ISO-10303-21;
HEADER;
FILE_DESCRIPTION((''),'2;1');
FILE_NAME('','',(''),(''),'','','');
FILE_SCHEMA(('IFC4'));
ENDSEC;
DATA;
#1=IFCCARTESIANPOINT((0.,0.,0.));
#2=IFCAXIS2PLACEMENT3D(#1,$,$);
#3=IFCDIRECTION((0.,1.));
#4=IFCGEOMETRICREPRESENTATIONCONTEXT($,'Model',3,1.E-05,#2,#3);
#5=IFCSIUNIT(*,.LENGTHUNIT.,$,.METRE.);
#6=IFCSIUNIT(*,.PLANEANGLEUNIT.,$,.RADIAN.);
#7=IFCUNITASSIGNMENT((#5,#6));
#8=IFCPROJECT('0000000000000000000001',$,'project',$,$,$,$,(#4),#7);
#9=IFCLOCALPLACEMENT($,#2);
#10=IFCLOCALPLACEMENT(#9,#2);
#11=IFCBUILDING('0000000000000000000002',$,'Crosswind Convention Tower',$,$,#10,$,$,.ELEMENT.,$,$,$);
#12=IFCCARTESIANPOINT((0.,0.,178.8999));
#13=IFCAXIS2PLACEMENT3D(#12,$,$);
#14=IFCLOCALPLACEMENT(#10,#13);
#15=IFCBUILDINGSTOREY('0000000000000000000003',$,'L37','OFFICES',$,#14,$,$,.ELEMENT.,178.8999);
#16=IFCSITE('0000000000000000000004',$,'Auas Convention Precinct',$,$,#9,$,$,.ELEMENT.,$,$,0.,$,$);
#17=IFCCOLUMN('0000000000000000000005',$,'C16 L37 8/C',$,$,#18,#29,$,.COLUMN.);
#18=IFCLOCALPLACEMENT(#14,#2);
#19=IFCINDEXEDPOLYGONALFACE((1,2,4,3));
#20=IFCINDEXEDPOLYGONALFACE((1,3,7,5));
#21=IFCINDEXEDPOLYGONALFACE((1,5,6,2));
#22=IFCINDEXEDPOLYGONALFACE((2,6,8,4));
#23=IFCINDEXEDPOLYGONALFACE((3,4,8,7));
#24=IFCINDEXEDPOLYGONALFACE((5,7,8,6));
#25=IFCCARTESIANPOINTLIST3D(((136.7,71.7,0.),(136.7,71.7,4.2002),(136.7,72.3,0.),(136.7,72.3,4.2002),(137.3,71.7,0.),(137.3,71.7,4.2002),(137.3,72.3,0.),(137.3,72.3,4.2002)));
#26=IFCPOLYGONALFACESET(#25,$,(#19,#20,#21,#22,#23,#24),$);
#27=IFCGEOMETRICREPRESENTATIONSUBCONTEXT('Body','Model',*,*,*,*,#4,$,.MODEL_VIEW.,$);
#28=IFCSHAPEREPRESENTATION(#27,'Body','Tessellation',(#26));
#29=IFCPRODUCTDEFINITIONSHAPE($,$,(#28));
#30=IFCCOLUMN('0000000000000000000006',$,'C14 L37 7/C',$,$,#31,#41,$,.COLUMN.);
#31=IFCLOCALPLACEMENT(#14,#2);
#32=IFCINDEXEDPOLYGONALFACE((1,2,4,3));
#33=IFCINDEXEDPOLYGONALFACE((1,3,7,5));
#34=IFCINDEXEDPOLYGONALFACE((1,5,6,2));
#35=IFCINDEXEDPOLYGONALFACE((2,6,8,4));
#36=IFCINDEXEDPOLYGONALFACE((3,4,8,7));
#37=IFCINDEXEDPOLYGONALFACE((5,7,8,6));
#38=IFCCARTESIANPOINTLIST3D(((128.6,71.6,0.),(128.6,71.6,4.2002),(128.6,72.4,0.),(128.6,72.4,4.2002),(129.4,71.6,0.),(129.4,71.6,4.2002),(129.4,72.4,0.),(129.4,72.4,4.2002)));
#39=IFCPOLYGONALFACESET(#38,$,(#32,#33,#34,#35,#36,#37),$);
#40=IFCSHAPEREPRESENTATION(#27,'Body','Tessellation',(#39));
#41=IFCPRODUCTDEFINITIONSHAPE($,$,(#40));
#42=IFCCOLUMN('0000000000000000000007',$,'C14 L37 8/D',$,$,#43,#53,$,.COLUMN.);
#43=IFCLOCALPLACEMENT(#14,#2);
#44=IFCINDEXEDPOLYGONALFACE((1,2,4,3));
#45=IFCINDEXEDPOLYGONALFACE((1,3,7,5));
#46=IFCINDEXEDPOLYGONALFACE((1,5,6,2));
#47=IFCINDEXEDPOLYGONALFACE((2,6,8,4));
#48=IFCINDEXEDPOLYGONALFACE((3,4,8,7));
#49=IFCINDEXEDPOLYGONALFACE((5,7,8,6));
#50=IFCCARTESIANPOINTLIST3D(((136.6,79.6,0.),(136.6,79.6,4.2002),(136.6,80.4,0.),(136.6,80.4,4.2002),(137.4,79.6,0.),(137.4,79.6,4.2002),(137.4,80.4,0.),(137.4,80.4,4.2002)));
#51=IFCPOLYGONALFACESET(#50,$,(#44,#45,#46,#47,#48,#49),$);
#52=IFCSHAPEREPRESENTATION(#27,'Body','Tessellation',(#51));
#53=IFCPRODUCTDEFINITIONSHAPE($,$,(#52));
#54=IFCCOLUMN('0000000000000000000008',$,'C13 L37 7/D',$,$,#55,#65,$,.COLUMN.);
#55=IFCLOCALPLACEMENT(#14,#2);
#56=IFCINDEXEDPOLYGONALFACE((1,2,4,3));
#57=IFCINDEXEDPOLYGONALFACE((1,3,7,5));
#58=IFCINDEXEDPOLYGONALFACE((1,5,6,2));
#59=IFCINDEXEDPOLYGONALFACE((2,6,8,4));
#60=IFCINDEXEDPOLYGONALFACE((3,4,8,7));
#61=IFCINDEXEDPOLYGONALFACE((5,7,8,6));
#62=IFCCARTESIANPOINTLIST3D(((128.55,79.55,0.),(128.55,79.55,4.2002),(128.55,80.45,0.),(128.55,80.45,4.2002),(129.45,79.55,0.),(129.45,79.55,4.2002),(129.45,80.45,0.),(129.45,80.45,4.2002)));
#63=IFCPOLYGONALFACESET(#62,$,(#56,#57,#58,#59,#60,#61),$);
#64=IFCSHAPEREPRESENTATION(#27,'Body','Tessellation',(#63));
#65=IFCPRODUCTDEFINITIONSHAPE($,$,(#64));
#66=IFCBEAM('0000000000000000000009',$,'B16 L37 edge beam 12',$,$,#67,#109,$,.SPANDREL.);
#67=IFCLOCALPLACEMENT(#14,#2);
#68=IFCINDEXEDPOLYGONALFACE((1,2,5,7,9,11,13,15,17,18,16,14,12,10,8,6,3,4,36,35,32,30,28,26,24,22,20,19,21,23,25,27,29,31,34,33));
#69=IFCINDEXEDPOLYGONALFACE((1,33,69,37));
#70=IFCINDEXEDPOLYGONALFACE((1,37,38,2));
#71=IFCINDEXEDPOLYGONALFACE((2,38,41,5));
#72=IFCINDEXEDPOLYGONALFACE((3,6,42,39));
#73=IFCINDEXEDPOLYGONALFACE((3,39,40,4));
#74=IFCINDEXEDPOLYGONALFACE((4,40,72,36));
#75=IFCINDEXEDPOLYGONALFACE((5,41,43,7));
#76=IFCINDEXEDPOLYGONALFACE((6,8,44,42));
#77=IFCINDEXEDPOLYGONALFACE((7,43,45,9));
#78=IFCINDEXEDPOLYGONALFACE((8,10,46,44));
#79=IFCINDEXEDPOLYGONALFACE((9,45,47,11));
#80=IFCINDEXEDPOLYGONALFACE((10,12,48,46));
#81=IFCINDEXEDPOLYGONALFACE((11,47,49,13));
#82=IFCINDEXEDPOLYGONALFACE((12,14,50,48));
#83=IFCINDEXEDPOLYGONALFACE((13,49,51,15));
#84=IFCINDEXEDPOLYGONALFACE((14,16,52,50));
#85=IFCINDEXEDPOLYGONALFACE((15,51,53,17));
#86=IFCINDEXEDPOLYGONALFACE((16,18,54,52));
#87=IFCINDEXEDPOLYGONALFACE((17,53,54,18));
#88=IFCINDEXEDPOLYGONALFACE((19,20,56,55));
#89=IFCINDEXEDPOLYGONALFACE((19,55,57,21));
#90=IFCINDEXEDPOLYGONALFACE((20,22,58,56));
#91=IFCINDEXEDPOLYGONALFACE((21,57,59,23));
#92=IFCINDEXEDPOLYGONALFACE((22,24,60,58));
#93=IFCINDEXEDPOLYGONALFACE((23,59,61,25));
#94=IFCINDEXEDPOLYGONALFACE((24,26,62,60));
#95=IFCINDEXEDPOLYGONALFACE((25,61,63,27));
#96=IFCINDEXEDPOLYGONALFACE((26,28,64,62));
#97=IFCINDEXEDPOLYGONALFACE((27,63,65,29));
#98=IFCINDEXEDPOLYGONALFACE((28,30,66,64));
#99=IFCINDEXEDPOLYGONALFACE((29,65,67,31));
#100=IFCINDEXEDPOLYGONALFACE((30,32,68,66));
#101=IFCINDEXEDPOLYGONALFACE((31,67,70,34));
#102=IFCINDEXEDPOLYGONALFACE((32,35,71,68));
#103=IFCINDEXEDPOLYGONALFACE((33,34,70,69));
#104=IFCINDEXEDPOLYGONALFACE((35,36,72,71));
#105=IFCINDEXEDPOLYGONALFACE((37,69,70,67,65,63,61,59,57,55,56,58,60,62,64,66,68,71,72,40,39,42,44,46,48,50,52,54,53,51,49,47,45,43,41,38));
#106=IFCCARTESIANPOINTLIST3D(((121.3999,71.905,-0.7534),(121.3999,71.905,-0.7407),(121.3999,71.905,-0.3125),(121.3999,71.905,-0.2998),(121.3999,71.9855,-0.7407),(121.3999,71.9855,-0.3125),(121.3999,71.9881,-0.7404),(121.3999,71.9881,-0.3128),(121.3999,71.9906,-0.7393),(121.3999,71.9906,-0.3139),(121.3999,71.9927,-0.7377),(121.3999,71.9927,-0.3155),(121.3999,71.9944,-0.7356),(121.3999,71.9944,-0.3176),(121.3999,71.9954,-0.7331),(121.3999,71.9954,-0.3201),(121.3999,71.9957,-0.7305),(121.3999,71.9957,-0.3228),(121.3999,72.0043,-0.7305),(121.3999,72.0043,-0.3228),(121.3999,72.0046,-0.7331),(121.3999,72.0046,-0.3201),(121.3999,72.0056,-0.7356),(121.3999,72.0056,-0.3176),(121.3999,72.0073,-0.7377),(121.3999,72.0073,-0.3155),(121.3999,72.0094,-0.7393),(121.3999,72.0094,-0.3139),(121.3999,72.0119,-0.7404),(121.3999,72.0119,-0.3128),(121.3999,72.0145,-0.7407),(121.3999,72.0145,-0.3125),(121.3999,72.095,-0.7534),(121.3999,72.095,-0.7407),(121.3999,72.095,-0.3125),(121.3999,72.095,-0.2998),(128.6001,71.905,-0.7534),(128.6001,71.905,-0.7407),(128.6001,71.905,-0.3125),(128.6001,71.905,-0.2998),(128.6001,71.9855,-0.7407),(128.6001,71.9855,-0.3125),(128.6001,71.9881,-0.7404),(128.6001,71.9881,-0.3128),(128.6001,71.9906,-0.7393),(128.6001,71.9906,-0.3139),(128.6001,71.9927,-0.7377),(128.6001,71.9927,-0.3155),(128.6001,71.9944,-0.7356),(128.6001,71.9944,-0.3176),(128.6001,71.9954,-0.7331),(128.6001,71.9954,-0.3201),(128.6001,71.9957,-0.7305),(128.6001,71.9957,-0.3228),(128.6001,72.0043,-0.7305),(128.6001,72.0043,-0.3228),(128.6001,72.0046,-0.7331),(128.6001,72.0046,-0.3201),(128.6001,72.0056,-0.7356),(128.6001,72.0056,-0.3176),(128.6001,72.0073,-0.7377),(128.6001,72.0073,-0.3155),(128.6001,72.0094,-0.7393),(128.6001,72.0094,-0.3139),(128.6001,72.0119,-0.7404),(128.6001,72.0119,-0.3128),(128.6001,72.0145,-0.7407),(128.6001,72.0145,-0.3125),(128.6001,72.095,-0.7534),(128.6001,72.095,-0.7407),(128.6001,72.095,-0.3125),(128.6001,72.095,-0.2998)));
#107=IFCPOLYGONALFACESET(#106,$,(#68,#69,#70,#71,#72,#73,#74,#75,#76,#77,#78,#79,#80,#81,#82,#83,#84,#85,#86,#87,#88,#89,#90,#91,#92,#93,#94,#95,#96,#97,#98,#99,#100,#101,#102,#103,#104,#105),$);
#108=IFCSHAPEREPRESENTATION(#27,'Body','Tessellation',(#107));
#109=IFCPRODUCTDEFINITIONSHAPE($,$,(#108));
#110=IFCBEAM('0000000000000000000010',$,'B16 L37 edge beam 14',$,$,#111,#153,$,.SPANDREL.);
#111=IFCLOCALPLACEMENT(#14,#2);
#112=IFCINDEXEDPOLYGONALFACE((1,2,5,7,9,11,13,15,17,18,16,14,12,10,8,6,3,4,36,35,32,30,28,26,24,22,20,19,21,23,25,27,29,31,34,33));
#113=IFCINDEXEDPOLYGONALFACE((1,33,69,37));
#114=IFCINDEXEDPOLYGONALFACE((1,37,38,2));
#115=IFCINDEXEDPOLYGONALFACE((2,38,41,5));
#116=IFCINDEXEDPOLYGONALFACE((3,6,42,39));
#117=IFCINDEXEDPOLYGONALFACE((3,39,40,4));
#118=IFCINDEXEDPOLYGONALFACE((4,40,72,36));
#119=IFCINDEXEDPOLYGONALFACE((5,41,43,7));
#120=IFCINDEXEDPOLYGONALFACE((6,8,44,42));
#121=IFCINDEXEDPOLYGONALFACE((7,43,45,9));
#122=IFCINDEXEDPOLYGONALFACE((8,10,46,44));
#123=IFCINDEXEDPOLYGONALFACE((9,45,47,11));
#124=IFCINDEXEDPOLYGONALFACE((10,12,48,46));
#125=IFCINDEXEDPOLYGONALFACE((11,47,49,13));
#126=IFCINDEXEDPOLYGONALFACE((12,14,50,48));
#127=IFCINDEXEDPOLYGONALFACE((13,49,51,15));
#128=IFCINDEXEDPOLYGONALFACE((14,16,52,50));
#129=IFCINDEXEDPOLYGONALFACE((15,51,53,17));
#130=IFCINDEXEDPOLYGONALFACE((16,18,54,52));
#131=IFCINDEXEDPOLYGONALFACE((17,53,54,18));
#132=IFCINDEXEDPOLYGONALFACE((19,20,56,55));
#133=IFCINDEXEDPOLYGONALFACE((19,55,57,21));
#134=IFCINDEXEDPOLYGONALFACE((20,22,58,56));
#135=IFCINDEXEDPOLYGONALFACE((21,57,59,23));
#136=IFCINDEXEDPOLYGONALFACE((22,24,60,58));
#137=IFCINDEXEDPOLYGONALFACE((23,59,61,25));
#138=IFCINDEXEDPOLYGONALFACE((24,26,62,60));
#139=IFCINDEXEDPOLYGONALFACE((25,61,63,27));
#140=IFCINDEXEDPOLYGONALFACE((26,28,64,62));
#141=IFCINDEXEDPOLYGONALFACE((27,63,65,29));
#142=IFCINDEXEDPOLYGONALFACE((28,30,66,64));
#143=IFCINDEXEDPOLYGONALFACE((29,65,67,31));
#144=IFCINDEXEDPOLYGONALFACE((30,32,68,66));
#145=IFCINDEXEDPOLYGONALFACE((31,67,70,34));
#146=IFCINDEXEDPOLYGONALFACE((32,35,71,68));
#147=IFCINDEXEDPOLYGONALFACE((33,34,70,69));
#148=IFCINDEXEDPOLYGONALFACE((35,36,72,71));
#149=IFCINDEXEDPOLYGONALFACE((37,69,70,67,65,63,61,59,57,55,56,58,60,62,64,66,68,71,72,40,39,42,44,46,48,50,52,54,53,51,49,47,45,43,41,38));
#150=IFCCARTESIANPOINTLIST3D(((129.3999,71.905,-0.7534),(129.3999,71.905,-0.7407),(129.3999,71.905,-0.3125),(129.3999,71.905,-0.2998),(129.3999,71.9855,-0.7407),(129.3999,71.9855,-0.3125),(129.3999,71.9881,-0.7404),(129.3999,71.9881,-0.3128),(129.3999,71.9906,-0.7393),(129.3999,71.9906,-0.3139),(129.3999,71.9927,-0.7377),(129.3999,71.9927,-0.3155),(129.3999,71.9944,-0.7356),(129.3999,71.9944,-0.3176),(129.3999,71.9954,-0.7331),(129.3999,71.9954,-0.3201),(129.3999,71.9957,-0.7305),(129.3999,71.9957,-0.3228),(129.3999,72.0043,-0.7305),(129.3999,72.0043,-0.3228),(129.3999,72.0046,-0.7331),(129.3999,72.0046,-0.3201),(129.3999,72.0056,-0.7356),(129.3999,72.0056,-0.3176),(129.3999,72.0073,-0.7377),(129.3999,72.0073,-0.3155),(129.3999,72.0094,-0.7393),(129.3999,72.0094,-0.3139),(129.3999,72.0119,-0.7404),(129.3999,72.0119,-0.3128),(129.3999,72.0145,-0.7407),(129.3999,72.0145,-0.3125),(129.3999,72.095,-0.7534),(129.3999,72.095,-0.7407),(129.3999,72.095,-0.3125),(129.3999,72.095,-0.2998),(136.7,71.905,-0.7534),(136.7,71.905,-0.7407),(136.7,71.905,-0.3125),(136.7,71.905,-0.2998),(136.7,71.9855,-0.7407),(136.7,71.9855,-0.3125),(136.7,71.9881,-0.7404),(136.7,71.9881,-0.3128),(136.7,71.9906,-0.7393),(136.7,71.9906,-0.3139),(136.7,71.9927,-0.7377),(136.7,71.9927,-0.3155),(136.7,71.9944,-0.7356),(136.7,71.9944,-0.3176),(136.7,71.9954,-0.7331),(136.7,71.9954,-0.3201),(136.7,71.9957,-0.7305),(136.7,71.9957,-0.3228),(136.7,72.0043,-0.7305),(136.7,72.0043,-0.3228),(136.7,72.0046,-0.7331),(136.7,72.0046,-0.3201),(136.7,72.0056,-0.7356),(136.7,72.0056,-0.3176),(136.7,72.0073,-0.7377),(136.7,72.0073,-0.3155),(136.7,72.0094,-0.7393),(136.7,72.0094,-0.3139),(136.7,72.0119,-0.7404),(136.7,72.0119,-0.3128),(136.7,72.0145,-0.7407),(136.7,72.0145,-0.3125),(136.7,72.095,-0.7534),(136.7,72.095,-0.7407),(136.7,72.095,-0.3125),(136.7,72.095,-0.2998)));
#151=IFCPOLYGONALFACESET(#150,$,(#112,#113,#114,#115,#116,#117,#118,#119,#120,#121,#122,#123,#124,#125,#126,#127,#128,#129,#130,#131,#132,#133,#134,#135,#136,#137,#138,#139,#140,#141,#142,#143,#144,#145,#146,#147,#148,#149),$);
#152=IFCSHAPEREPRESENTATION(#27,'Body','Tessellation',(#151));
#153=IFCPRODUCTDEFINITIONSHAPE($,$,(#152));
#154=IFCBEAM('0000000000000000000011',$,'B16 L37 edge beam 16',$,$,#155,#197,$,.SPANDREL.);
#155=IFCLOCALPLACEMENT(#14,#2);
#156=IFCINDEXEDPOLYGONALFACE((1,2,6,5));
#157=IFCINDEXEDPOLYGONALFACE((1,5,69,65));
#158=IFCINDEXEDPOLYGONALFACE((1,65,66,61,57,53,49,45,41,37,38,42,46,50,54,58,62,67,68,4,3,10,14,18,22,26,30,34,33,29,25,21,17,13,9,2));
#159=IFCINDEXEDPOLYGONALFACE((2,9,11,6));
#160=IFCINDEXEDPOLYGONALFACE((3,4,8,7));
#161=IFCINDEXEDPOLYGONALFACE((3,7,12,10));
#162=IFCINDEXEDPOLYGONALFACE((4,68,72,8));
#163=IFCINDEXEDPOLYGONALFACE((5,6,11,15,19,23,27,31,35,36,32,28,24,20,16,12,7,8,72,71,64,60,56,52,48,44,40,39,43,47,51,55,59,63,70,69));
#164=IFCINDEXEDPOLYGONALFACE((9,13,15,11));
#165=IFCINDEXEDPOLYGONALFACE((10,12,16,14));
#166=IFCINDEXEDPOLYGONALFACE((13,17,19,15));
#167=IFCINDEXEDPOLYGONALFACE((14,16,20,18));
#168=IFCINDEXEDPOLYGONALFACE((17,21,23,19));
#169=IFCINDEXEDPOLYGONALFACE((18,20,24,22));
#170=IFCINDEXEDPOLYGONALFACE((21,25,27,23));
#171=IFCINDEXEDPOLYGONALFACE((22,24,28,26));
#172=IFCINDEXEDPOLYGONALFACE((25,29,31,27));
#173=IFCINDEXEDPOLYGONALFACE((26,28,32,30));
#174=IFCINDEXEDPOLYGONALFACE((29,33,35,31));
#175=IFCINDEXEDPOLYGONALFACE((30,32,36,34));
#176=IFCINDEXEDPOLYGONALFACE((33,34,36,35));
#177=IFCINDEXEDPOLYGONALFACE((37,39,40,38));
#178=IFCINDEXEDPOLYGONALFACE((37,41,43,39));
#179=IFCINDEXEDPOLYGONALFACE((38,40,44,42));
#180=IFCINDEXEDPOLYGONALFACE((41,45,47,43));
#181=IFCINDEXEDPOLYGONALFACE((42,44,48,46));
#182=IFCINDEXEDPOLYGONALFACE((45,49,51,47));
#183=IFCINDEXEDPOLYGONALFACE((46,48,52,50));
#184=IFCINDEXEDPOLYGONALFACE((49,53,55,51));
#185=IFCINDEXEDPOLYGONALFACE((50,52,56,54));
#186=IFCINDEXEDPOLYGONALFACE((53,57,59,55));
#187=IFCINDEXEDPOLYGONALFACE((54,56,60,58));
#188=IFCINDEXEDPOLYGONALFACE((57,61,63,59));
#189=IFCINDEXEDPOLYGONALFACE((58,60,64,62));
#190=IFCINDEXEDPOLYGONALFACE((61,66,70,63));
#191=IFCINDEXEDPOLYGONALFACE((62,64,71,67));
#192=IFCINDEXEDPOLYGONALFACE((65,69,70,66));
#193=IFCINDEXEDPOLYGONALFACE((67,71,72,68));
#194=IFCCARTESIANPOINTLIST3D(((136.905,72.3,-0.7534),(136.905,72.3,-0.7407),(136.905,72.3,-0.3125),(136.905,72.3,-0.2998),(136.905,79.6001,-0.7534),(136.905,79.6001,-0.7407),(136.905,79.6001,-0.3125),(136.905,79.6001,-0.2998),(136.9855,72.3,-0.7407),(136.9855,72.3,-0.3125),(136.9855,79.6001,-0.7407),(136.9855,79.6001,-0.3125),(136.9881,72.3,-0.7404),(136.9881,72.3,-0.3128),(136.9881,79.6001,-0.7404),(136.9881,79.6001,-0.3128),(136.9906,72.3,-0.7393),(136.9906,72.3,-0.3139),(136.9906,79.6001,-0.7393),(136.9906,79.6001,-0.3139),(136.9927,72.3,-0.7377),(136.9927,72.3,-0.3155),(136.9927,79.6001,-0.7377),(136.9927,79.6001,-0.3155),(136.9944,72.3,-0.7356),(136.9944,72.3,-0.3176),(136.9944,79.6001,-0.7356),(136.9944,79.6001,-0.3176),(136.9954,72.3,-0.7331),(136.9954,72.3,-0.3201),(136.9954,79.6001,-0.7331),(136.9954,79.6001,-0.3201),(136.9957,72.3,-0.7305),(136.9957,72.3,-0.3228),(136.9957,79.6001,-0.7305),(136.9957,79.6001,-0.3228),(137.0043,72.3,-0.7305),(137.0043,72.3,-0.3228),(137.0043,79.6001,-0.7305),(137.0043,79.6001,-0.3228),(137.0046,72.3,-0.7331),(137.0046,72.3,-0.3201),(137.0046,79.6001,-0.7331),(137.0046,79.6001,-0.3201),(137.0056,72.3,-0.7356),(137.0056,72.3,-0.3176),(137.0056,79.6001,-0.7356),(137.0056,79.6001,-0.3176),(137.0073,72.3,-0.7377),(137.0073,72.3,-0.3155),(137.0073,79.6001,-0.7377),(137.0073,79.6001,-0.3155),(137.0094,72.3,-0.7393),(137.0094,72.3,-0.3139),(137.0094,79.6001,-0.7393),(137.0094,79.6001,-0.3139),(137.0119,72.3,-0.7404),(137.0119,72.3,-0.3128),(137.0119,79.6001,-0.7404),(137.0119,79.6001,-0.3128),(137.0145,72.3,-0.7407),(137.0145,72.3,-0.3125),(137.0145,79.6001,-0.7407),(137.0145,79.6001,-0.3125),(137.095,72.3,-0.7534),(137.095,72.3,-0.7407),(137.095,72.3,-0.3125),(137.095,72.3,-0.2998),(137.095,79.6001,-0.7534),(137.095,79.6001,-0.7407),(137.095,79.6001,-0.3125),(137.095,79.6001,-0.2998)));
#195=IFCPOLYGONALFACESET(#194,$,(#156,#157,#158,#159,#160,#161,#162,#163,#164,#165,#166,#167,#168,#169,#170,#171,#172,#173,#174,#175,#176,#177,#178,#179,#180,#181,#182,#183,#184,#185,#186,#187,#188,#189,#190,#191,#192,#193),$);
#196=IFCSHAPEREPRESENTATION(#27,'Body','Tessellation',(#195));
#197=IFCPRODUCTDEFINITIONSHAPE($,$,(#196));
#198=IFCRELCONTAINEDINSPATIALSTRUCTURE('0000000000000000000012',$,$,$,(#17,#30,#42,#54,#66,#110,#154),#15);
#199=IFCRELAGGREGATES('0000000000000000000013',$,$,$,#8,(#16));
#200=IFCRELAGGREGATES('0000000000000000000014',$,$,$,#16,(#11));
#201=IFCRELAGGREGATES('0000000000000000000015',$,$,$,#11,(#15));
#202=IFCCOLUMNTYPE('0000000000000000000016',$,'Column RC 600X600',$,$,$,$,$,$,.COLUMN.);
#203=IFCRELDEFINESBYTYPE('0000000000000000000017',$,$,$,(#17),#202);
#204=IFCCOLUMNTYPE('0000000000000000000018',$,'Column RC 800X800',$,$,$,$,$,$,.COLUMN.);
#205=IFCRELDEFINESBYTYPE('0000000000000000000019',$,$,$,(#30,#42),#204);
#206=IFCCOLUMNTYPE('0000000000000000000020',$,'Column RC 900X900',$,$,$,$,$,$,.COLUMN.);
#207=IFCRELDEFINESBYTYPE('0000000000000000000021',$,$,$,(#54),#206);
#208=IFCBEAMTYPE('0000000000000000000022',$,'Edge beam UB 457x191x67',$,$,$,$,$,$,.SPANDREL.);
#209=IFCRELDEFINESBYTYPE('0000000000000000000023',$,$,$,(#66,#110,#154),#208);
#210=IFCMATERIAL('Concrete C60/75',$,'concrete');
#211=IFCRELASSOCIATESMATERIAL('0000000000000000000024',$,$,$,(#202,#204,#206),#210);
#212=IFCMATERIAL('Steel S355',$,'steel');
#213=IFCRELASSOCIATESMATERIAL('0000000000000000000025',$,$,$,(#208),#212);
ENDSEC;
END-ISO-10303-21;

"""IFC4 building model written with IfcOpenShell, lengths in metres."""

from ifc_helpers import new_model, si_unit, direction, frame, origin, origin_2d, place, context, subcontext, project, spatial, rectangle, i_section, extrude, material, material_profile, profile_set, type_object, element, save


model = new_model("IFC4")

# Units and contexts
model_context = context("Model", 3, precision=1e-05, world=origin(), true_north=direction((0.0, 1.0)))
body_context = subcontext(model_context, "Body", "Model", "MODEL_VIEW")
ifc_project = project(units=[si_unit("LENGTHUNIT", "METRE"), si_unit("PLANEANGLEUNIT", "RADIAN")], contexts=[model_context])

# Site, building, storey
site_placement = place(None, origin())
site = spatial("IfcSite", under=ifc_project, at=site_placement, Name="Auas Convention Precinct", CompositionType="ELEMENT", RefElevation=0.0)
building_placement = place(site_placement, origin())
building = spatial("IfcBuilding", under=site, at=building_placement, Name="Crosswind Convention Tower", CompositionType="ELEMENT")
storey_placement = place(building_placement, frame((0.0, 0.0, 178.8999)))
storey = spatial("IfcBuildingStorey", under=building, at=storey_placement, Name="L37", Description="OFFICES", CompositionType="ELEMENT", Elevation=178.8999)

# Columns
ifc_material_1 = material(Name="Concrete C60/75", Category="concrete")
ifc_material_profile_1 = material_profile(ifc_material_1, rectangle(XDim=0.6001, YDim=0.6001, at=origin_2d()), Name="RC 600X600")
ifc_profile_set_1 = profile_set([ifc_material_profile_1], Name="Concrete C60/75")
column_type_1 = type_object("IfcColumnType", Name="Column RC 600X600", PredefinedType="COLUMN", material=ifc_profile_set_1)
column_1_placement = place(storey_placement, frame((137.0, 72.0, 0.0), z_axis=(0.0, 0.0, 1.0), x_axis=(1.0, 0.0, 0.0)))
element("IfcColumn", 1, at=column_1_placement, inside=storey, type_object=column_type_1, Name="C16 L37 8/C", PredefinedType="COLUMN", context=body_context, shape_type="SweptSolid", body=[
    extrude(rectangle(XDim=0.6001, YDim=0.6001, at=origin_2d()), origin(), (0.0, 0.0, 1.0), 4.2002),
])
ifc_material_profile_2 = material_profile(ifc_material_1, rectangle(XDim=0.8, YDim=0.8, at=origin_2d()), Name="RC 800X800")
ifc_profile_set_2 = profile_set([ifc_material_profile_2], Name="Concrete C60/75")
column_type_2 = type_object("IfcColumnType", Name="Column RC 800X800", PredefinedType="COLUMN", material=ifc_profile_set_2)
for number, where, z_axis, x_axis, name in (
    (2, (129.0, 72.0, 0.0), (0.0, 0.0, 1.0), (1.0, 0.0, 0.0), "C14 L37 7/C"),
    (3, (137.0, 80.0, 0.0), (0.0, 0.0, 1.0), (1.0, 0.0, 0.0), "C14 L37 8/D"),
):
    element("IfcColumn", number, at=place(storey_placement, frame(where, z_axis=z_axis, x_axis=x_axis)), inside=storey, type_object=column_type_2, Name=name, PredefinedType="COLUMN", context=body_context, shape_type="SweptSolid", body=[
        extrude(rectangle(XDim=0.8, YDim=0.8, at=origin_2d()), origin(), (0.0, 0.0, 1.0), 4.2002),
    ])
ifc_material_profile_3 = material_profile(ifc_material_1, rectangle(XDim=0.8999, YDim=0.8999, at=origin_2d()), Name="RC 900X900")
ifc_profile_set_3 = profile_set([ifc_material_profile_3], Name="Concrete C60/75")
column_type_3 = type_object("IfcColumnType", Name="Column RC 900X900", PredefinedType="COLUMN", material=ifc_profile_set_3)
column_2_placement = place(storey_placement, frame((129.0, 80.0, 0.0), z_axis=(0.0, 0.0, 1.0), x_axis=(1.0, 0.0, 0.0)))
element("IfcColumn", 4, at=column_2_placement, inside=storey, type_object=column_type_3, Name="C13 L37 7/D", PredefinedType="COLUMN", context=body_context, shape_type="SweptSolid", body=[
    extrude(rectangle(XDim=0.8999, YDim=0.8999, at=origin_2d()), origin(), (0.0, 0.0, 1.0), 4.2002),
])

# Beams
ifc_material_2 = material(Name="Steel S355", Category="steel")
ifc_material_profile_4 = material_profile(ifc_material_2, i_section(OverallWidth=0.1899, OverallDepth=0.4536, WebThickness=0.0085, FlangeThickness=0.0127, FilletRadius=0.0103, at=origin_2d()), Name="UB 457x191x67")
ifc_profile_set_4 = profile_set([ifc_material_profile_4], Name="Steel S355")
beam_type_1 = type_object("IfcBeamType", Name="Edge beam UB 457x191x67", PredefinedType="SPANDREL", material=ifc_profile_set_4)
beam_1_placement = place(storey_placement, frame((121.3999, 72.0, -0.5266), z_axis=(1.0, 0.0, 0.0), x_axis=(0.0, 1.0, 0.0)))
element("IfcBeam", 5, at=beam_1_placement, inside=storey, type_object=beam_type_1, Name="B16 L37 edge beam 12", PredefinedType="SPANDREL", context=body_context, shape_type="SweptSolid", body=[
    extrude(i_section(OverallWidth=0.1899, OverallDepth=0.4536, WebThickness=0.0085, FlangeThickness=0.0127, FilletRadius=0.0103, at=origin_2d()), origin(), (0.0, 0.0, 1.0), 7.2002),
])
for number, where, z_axis, x_axis, name in (
    (6, (129.3999, 72.0, -0.5266), (1.0, 0.0, 0.0), (0.0, 1.0, 0.0), "B16 L37 edge beam 14"),
    (7, (137.0, 72.3, -0.5266), (0.0, 1.0, 0.0), (-1.0, 0.0, 0.0), "B16 L37 edge beam 16"),
):
    element("IfcBeam", number, at=place(storey_placement, frame(where, z_axis=z_axis, x_axis=x_axis)), inside=storey, type_object=beam_type_1, Name=name, PredefinedType="SPANDREL", context=body_context, shape_type="SweptSolid", body=[
        extrude(i_section(OverallWidth=0.1899, OverallDepth=0.4536, WebThickness=0.0085, FlangeThickness=0.0127, FilletRadius=0.0103, at=origin_2d()), origin(), (0.0, 0.0, 1.0), 7.3),
    ])

save(model, "model.ifc")
